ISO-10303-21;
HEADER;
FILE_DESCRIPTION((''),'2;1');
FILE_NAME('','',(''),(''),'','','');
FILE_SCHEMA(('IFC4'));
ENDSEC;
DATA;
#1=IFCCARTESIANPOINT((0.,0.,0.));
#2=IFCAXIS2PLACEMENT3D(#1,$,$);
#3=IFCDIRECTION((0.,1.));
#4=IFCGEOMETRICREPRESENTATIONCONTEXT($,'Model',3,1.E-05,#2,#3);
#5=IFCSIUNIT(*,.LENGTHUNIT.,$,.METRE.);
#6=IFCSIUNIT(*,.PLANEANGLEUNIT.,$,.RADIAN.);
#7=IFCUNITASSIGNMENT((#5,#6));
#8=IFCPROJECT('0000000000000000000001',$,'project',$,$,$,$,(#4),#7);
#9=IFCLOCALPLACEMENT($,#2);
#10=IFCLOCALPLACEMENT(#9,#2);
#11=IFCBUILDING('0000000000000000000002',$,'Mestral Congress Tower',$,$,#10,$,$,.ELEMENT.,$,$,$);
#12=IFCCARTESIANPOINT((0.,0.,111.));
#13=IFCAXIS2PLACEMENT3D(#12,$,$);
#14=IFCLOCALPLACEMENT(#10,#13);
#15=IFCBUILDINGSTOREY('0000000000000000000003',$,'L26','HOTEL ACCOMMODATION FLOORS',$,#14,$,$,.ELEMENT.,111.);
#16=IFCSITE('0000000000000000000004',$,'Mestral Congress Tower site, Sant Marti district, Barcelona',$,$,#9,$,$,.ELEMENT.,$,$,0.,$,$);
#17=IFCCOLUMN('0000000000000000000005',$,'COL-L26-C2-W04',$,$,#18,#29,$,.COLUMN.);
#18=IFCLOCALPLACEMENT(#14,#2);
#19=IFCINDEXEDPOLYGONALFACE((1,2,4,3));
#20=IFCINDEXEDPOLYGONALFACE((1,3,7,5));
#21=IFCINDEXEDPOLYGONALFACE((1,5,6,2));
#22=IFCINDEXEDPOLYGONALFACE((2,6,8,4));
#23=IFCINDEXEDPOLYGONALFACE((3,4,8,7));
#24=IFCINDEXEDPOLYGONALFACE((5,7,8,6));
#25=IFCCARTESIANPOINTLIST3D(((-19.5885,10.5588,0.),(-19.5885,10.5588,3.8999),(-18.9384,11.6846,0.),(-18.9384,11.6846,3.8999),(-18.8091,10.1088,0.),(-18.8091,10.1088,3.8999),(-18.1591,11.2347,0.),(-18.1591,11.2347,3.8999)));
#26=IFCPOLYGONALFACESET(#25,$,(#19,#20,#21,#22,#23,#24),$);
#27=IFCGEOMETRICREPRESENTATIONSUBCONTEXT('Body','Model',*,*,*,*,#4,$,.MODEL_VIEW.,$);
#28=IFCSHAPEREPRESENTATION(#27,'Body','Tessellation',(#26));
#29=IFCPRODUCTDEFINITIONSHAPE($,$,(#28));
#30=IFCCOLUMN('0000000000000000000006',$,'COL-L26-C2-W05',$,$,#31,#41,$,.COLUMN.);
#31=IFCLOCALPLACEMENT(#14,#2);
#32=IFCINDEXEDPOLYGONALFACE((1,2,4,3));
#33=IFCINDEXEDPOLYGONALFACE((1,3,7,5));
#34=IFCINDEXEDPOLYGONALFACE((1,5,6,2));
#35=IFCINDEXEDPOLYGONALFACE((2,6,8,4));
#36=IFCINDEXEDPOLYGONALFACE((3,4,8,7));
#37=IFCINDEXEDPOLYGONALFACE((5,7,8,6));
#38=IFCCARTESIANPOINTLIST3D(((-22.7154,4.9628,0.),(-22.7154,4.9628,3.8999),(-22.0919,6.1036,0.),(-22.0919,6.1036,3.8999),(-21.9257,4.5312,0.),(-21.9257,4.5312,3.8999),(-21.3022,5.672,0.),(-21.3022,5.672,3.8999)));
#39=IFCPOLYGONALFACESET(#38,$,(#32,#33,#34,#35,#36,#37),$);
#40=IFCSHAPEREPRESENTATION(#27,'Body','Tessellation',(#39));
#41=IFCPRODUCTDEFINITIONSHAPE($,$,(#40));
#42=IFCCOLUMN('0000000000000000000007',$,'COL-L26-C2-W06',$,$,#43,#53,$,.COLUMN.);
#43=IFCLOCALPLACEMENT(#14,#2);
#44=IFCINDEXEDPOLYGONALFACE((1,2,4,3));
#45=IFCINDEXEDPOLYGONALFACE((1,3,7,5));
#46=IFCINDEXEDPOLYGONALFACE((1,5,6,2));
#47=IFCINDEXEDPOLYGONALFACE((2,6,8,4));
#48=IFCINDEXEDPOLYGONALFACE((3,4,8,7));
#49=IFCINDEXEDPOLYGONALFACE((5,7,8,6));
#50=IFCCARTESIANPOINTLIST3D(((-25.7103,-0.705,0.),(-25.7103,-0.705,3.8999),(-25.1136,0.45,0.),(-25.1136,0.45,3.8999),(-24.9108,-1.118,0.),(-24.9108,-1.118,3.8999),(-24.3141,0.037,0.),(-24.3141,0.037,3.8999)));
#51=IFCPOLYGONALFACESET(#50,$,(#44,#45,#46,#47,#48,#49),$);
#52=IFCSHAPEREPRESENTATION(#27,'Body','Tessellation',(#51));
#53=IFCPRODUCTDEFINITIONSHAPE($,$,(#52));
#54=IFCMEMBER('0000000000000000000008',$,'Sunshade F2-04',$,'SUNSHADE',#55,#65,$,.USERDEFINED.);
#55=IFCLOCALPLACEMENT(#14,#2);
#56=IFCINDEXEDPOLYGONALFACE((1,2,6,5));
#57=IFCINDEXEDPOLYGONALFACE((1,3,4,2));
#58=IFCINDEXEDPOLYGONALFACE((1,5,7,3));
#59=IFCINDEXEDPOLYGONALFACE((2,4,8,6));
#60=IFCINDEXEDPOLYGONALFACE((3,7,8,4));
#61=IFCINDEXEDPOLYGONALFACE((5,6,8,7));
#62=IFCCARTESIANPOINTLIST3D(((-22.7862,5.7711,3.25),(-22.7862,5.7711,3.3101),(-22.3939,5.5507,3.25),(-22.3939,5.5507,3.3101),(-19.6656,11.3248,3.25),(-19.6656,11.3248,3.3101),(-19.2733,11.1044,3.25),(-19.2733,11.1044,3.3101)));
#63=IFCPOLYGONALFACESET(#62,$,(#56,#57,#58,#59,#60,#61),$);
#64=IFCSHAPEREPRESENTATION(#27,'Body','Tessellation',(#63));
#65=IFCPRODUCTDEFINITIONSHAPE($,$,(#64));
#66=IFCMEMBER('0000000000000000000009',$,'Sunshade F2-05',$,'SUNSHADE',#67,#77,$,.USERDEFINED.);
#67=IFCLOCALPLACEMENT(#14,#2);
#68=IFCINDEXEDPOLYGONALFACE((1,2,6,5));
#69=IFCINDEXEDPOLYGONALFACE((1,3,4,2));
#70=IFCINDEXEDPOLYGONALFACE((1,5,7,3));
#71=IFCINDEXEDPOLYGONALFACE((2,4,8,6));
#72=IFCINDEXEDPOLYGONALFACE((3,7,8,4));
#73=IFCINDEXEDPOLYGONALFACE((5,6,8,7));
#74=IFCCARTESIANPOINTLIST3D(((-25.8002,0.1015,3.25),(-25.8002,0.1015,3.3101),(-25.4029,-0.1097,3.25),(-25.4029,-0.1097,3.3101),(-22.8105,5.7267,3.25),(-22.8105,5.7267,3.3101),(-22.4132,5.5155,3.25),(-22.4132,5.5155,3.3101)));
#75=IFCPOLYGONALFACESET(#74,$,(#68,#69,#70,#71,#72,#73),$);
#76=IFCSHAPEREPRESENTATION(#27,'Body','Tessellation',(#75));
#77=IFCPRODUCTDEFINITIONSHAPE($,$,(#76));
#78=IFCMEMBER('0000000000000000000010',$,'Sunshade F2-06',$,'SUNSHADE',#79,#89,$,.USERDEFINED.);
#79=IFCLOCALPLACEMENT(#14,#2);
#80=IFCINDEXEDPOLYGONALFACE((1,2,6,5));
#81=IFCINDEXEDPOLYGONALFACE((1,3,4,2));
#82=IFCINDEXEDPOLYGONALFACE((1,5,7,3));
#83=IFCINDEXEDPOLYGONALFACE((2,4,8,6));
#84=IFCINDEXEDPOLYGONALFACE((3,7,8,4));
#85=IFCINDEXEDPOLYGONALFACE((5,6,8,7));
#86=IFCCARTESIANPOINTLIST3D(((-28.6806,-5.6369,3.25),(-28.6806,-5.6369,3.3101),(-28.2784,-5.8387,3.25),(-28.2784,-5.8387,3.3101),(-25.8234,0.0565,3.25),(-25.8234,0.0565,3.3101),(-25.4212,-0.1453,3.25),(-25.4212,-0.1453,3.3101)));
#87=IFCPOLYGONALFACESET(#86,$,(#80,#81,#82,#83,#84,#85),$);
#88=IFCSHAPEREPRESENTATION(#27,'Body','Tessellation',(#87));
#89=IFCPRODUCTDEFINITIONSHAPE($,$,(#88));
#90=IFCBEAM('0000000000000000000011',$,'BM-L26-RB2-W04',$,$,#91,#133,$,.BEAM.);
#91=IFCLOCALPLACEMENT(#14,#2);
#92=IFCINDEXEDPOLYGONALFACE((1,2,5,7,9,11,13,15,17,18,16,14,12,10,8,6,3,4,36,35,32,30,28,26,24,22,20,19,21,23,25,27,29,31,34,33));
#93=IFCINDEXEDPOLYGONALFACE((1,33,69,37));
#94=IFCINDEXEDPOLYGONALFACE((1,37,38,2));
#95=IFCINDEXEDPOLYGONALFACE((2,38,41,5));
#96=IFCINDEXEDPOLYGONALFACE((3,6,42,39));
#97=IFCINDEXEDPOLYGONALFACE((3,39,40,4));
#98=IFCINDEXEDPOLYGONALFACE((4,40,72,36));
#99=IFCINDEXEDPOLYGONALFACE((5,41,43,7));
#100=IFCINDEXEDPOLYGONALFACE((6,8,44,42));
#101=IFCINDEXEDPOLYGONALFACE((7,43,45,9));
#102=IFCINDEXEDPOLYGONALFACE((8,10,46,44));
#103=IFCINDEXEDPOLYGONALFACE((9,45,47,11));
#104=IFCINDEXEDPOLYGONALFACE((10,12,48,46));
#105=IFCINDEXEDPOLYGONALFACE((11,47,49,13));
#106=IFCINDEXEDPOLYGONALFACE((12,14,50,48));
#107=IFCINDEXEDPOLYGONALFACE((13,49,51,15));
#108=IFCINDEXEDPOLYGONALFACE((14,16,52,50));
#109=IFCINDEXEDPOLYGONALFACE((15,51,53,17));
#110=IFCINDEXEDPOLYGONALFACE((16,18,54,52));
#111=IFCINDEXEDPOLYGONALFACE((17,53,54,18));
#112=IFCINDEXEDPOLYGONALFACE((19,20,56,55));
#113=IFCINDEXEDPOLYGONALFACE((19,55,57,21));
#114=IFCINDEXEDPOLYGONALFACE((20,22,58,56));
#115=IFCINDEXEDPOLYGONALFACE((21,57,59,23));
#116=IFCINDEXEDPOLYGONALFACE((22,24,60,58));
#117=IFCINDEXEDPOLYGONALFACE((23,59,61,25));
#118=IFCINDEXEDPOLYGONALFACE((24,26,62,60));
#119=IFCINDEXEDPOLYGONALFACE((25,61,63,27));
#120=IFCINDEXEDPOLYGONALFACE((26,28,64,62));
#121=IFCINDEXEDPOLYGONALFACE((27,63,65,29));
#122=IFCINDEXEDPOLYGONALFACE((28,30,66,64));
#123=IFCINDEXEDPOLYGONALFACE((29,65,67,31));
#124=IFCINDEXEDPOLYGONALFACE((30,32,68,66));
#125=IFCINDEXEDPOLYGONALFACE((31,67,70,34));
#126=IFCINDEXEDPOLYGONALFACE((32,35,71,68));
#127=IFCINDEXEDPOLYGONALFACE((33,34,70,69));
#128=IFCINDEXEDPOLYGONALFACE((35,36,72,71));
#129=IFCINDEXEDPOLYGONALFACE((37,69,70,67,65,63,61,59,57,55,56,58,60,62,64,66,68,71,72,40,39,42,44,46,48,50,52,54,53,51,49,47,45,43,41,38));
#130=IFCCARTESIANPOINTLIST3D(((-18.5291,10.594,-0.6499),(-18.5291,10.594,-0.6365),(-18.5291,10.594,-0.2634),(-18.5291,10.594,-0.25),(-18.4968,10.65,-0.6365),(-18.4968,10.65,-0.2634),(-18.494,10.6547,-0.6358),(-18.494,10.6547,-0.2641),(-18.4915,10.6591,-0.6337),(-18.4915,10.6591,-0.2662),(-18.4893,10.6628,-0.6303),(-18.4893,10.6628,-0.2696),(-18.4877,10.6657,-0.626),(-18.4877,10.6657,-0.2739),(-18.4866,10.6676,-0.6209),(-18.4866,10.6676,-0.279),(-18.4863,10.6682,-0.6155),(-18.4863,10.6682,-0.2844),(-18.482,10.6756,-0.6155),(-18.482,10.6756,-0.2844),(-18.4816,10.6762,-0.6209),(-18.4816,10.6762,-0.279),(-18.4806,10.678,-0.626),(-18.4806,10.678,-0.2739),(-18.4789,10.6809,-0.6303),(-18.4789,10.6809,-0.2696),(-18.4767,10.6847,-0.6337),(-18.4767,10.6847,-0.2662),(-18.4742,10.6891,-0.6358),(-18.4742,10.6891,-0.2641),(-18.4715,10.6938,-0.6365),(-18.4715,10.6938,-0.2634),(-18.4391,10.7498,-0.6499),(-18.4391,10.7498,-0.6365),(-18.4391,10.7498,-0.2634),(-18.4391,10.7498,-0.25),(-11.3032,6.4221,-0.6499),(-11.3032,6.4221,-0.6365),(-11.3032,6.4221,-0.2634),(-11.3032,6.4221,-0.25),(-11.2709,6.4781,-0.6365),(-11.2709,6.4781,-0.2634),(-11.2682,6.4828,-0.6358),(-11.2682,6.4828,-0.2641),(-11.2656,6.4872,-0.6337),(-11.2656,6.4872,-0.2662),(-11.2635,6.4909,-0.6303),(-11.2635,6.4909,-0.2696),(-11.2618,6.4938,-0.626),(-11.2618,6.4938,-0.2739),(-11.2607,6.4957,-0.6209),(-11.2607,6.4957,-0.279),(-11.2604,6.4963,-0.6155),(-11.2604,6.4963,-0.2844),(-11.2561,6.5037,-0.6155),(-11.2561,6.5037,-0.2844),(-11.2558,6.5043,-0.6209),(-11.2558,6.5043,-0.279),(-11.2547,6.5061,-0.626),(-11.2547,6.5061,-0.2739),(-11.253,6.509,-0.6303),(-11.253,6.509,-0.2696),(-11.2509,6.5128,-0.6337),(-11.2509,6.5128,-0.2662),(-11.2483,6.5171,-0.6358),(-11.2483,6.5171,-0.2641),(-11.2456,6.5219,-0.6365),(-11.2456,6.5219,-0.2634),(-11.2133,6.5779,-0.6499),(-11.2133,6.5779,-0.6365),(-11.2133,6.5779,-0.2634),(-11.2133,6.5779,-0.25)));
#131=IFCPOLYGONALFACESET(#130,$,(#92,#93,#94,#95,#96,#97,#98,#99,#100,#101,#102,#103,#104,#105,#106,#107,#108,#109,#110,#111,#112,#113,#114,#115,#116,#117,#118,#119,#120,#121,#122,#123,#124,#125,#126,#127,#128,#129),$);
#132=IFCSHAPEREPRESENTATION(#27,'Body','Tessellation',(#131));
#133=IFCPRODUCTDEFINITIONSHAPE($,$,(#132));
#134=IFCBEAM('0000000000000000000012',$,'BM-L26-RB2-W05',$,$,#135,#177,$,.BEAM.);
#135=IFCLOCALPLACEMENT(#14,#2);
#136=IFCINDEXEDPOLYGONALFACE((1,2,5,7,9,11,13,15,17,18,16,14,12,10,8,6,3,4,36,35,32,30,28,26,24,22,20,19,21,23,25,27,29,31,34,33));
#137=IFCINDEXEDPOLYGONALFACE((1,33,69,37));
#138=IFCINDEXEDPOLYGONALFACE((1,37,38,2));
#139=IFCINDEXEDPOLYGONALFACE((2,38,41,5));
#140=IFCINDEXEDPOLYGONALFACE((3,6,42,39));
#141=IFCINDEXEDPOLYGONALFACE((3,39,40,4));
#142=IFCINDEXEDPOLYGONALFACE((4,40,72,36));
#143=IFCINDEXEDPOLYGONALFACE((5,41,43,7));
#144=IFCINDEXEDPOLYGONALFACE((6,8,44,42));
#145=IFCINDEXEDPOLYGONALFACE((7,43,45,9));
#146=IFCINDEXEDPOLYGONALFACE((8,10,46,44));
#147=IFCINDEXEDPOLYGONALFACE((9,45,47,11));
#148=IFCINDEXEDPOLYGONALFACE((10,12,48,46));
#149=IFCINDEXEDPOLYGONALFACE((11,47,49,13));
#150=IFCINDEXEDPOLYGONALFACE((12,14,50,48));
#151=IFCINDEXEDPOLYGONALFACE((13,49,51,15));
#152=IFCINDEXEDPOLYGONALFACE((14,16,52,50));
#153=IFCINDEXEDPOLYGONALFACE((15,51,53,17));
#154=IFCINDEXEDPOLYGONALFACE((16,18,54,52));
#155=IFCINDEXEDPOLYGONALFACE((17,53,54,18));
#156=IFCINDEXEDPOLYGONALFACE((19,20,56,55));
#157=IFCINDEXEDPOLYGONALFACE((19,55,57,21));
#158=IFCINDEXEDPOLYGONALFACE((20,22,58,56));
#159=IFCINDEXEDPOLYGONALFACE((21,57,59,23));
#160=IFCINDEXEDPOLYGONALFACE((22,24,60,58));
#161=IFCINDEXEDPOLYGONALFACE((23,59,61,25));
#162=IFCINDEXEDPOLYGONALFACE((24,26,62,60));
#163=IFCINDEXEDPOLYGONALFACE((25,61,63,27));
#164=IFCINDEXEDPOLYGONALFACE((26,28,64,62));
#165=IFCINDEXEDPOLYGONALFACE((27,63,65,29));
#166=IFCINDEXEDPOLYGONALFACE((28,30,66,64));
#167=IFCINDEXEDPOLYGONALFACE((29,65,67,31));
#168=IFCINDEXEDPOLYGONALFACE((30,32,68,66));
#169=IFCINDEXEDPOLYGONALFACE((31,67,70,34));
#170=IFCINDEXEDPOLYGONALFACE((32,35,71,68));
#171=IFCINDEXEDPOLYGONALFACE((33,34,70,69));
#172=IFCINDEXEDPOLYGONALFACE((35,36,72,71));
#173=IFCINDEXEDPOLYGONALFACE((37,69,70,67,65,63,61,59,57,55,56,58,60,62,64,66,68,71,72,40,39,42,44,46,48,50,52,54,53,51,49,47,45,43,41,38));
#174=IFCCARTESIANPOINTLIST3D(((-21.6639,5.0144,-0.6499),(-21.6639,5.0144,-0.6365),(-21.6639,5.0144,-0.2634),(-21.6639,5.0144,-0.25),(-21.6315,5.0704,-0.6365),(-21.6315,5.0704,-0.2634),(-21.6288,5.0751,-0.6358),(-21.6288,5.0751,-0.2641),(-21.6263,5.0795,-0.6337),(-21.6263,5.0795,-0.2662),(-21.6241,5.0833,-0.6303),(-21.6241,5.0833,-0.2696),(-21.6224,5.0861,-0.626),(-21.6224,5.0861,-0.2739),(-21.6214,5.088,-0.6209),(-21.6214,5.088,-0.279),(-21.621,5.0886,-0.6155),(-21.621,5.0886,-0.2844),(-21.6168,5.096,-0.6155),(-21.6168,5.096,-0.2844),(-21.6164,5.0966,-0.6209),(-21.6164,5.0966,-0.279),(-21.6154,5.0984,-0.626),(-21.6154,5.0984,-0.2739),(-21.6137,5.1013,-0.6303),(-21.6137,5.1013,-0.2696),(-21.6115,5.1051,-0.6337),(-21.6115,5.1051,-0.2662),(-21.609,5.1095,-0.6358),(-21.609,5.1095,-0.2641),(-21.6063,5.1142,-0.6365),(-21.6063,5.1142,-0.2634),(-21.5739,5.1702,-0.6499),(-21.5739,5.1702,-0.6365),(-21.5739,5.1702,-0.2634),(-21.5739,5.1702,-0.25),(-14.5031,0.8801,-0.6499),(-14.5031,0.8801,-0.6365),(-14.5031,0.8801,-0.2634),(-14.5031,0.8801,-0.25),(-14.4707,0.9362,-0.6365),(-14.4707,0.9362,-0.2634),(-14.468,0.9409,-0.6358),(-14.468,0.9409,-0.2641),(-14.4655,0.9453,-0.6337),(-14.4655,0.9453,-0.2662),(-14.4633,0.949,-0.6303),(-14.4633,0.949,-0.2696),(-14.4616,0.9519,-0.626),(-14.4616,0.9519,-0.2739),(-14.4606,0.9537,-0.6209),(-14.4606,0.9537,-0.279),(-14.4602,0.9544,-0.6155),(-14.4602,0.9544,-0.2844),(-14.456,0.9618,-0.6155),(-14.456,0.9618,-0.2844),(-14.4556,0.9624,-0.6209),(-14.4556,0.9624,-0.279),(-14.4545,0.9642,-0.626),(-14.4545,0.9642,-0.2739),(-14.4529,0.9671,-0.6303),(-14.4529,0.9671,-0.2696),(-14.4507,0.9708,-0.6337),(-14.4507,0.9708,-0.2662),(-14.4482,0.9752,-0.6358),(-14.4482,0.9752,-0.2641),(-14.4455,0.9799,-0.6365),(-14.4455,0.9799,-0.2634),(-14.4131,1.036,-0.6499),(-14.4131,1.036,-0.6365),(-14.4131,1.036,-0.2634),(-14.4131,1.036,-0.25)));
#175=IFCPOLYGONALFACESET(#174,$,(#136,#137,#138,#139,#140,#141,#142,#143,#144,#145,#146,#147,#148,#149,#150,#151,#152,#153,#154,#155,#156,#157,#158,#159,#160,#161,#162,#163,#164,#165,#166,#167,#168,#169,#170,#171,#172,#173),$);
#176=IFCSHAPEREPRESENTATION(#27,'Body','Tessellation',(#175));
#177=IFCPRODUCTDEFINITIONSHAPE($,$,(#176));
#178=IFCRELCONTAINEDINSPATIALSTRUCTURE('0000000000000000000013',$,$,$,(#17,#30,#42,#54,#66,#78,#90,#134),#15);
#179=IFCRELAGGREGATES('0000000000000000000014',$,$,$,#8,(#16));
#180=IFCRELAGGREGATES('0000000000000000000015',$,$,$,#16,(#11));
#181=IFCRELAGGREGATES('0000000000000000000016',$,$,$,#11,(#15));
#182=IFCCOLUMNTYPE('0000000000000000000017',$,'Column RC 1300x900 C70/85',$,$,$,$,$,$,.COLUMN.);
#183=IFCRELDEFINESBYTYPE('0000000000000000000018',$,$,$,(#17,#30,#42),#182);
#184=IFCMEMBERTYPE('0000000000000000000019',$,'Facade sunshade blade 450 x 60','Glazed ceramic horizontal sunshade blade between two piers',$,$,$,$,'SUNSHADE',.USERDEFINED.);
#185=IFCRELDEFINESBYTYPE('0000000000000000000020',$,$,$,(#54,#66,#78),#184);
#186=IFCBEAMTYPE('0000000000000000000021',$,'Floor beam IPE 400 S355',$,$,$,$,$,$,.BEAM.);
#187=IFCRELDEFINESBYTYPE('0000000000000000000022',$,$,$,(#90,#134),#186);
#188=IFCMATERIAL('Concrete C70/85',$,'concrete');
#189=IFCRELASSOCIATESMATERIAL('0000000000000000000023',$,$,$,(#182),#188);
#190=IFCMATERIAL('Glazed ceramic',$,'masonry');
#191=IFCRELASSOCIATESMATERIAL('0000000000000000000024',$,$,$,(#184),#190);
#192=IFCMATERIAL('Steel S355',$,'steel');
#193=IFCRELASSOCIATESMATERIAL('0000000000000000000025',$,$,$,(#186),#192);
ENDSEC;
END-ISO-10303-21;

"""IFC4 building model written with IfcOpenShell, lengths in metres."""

from ifc_helpers import new_model, si_unit, direction, frame, origin, origin_2d, place, context, subcontext, project, spatial, rectangle, i_section, extrude, material, material_profile, profile_set, type_object, element, save


model = new_model("IFC4")

# Units and contexts
model_context = context("Model", 3, precision=1e-05, world=origin(), true_north=direction((0.0, 1.0)))
body_context = subcontext(model_context, "Body", "Model", "MODEL_VIEW")
ifc_project = project(units=[si_unit("LENGTHUNIT", "METRE"), si_unit("PLANEANGLEUNIT", "RADIAN")], contexts=[model_context])

# Site, building, storey
site_placement = place(None, origin())
site = spatial("IfcSite", under=ifc_project, at=site_placement, Name="Mestral Congress Tower site, Sant Marti district, Barcelona", CompositionType="ELEMENT", RefElevation=0.0)
building_placement = place(site_placement, origin())
building = spatial("IfcBuilding", under=site, at=building_placement, Name="Mestral Congress Tower", CompositionType="ELEMENT")
storey_placement = place(building_placement, frame((0.0, 0.0, 111.0)))
storey = spatial("IfcBuildingStorey", under=building, at=storey_placement, Name="L26", Description="HOTEL ACCOMMODATION FLOORS", CompositionType="ELEMENT", Elevation=111.0)

# Columns
ifc_material_1 = material(Name="Concrete C70/85", Category="concrete")
ifc_material_profile_1 = material_profile(ifc_material_1, rectangle(XDim=1.3, YDim=0.8999, at=origin_2d()), Name="RC 1300x900")
ifc_profile_set_1 = profile_set([ifc_material_profile_1], Name="Concrete C70/85")
column_type = type_object("IfcColumnType", Name="Column RC 1300x900 C70/85", PredefinedType="COLUMN", material=ifc_profile_set_1)
for number, where, z_axis, x_axis, name in (
    (1, (-18.8738, 10.8967, 0.0), (0.0, 0.0, 1.0), (-0.5, -0.866025, 0.0), "COL-L26-C2-W04"),
    (2, (-22.0088, 5.3174, 0.0), (0.0, 0.0, 1.0), (-0.479613, -0.87748, 0.0), "COL-L26-C2-W05"),
    (3, (-25.0122, -0.334, 0.0), (0.0, 0.0, 1.0), (-0.458961, -0.888456, 0.0), "COL-L26-C2-W06"),
):
    element("IfcColumn", number, at=place(storey_placement, frame(where, z_axis=z_axis, x_axis=x_axis)), inside=storey, type_object=column_type, Name=name, PredefinedType="COLUMN", context=body_context, shape_type="SweptSolid", body=[
        extrude(rectangle(XDim=1.3, YDim=0.8999, at=origin_2d()), origin(), (0.0, 0.0, 1.0), 3.8999),
    ])

# Members
ifc_material_2 = material(Name="Glazed ceramic", Category="masonry")
ifc_material_profile_2 = material_profile(ifc_material_2, rectangle(XDim=0.45, YDim=0.0601, at=origin_2d()), Name="Ceramic blade 450 x 60")
ifc_profile_set_2 = profile_set([ifc_material_profile_2], Name="Glazed ceramic")
member_type = type_object("IfcMemberType", Name="Facade sunshade blade 450 x 60", Description="Glazed ceramic horizontal sunshade blade between two piers", ElementType="SUNSHADE", PredefinedType="USERDEFINED", material=ifc_profile_set_2)
for number, where, z_axis, x_axis, name in (
    (4, (-19.4695, 11.2146, 3.28), (-0.489861, -0.871801, 0.0), (0.871801, -0.489861, 0.0), "Sunshade F2-04"),
    (5, (-22.6118, 5.6211, 3.28), (-0.469319, -0.883029, 0.0), (0.883029, -0.469319, 0.0), "Sunshade F2-05"),
):
    element("IfcMember", number, at=place(storey_placement, frame(where, z_axis=z_axis, x_axis=x_axis)), inside=storey, type_object=member_type, Name=name, ObjectType="SUNSHADE", PredefinedType="USERDEFINED", context=body_context, shape_type="SweptSolid", body=[
        extrude(rectangle(XDim=0.45, YDim=0.0601, at=origin_2d()), origin(), (0.0, 0.0, 1.0), 6.3704),
    ])
member_placement = place(storey_placement, frame((-25.6223, -0.0444, 3.28), z_axis=(-0.448532, -0.893767, 0.0), x_axis=(0.893767, -0.448532, 0.0)))
element("IfcMember", 6, at=member_placement, inside=storey, type_object=member_type, Name="Sunshade F2-06", ObjectType="SUNSHADE", PredefinedType="USERDEFINED", context=body_context, shape_type="SweptSolid", body=[
    extrude(rectangle(XDim=0.45, YDim=0.0601, at=origin_2d()), origin(), (0.0, 0.0, 1.0), 6.3701),
])

# Beams
ifc_material_3 = material(Name="Steel S355", Category="steel")
ifc_material_profile_3 = material_profile(ifc_material_3, i_section(OverallWidth=0.1799, OverallDepth=0.3999, WebThickness=0.0085, FlangeThickness=0.0134, FilletRadius=0.021, at=origin_2d()), Name="IPE 400")
ifc_profile_set_3 = profile_set([ifc_material_profile_3], Name="Steel S355")
beam_type_1 = type_object("IfcBeamType", Name="Floor beam IPE 400 S355", PredefinedType="BEAM", material=ifc_profile_set_3)
beam_1_placement = place(storey_placement, frame((-18.4841, 10.6719, -0.45), z_axis=(0.866023, -0.500004, 0.0), x_axis=(0.500004, 0.866023, 0.0)))
element("IfcBeam", 7, at=beam_1_placement, inside=storey, type_object=beam_type_1, Name="BM-L26-RB2-W04", PredefinedType="BEAM", context=body_context, shape_type="SweptSolid", body=[
    extrude(i_section(OverallWidth=0.1799, OverallDepth=0.3999, WebThickness=0.0085, FlangeThickness=0.0134, FilletRadius=0.021, at=origin_2d()), origin(), (0.0, 0.0, 1.0), 8.3438),
])
beam_2_placement = place(storey_placement, frame((-21.6189, 5.0923, -0.45), z_axis=(0.866029, -0.499994, 0.0), x_axis=(0.499994, 0.866029, 0.0)))
element("IfcBeam", 8, at=beam_2_placement, inside=storey, type_object=beam_type_1, Name="BM-L26-RB2-W05", PredefinedType="BEAM", context=body_context, shape_type="SweptSolid", body=[
    extrude(i_section(OverallWidth=0.1799, OverallDepth=0.3999, WebThickness=0.0085, FlangeThickness=0.0134, FilletRadius=0.021, at=origin_2d()), origin(), (0.0, 0.0, 1.0), 8.2686),
])

save(model, "model.ifc")
